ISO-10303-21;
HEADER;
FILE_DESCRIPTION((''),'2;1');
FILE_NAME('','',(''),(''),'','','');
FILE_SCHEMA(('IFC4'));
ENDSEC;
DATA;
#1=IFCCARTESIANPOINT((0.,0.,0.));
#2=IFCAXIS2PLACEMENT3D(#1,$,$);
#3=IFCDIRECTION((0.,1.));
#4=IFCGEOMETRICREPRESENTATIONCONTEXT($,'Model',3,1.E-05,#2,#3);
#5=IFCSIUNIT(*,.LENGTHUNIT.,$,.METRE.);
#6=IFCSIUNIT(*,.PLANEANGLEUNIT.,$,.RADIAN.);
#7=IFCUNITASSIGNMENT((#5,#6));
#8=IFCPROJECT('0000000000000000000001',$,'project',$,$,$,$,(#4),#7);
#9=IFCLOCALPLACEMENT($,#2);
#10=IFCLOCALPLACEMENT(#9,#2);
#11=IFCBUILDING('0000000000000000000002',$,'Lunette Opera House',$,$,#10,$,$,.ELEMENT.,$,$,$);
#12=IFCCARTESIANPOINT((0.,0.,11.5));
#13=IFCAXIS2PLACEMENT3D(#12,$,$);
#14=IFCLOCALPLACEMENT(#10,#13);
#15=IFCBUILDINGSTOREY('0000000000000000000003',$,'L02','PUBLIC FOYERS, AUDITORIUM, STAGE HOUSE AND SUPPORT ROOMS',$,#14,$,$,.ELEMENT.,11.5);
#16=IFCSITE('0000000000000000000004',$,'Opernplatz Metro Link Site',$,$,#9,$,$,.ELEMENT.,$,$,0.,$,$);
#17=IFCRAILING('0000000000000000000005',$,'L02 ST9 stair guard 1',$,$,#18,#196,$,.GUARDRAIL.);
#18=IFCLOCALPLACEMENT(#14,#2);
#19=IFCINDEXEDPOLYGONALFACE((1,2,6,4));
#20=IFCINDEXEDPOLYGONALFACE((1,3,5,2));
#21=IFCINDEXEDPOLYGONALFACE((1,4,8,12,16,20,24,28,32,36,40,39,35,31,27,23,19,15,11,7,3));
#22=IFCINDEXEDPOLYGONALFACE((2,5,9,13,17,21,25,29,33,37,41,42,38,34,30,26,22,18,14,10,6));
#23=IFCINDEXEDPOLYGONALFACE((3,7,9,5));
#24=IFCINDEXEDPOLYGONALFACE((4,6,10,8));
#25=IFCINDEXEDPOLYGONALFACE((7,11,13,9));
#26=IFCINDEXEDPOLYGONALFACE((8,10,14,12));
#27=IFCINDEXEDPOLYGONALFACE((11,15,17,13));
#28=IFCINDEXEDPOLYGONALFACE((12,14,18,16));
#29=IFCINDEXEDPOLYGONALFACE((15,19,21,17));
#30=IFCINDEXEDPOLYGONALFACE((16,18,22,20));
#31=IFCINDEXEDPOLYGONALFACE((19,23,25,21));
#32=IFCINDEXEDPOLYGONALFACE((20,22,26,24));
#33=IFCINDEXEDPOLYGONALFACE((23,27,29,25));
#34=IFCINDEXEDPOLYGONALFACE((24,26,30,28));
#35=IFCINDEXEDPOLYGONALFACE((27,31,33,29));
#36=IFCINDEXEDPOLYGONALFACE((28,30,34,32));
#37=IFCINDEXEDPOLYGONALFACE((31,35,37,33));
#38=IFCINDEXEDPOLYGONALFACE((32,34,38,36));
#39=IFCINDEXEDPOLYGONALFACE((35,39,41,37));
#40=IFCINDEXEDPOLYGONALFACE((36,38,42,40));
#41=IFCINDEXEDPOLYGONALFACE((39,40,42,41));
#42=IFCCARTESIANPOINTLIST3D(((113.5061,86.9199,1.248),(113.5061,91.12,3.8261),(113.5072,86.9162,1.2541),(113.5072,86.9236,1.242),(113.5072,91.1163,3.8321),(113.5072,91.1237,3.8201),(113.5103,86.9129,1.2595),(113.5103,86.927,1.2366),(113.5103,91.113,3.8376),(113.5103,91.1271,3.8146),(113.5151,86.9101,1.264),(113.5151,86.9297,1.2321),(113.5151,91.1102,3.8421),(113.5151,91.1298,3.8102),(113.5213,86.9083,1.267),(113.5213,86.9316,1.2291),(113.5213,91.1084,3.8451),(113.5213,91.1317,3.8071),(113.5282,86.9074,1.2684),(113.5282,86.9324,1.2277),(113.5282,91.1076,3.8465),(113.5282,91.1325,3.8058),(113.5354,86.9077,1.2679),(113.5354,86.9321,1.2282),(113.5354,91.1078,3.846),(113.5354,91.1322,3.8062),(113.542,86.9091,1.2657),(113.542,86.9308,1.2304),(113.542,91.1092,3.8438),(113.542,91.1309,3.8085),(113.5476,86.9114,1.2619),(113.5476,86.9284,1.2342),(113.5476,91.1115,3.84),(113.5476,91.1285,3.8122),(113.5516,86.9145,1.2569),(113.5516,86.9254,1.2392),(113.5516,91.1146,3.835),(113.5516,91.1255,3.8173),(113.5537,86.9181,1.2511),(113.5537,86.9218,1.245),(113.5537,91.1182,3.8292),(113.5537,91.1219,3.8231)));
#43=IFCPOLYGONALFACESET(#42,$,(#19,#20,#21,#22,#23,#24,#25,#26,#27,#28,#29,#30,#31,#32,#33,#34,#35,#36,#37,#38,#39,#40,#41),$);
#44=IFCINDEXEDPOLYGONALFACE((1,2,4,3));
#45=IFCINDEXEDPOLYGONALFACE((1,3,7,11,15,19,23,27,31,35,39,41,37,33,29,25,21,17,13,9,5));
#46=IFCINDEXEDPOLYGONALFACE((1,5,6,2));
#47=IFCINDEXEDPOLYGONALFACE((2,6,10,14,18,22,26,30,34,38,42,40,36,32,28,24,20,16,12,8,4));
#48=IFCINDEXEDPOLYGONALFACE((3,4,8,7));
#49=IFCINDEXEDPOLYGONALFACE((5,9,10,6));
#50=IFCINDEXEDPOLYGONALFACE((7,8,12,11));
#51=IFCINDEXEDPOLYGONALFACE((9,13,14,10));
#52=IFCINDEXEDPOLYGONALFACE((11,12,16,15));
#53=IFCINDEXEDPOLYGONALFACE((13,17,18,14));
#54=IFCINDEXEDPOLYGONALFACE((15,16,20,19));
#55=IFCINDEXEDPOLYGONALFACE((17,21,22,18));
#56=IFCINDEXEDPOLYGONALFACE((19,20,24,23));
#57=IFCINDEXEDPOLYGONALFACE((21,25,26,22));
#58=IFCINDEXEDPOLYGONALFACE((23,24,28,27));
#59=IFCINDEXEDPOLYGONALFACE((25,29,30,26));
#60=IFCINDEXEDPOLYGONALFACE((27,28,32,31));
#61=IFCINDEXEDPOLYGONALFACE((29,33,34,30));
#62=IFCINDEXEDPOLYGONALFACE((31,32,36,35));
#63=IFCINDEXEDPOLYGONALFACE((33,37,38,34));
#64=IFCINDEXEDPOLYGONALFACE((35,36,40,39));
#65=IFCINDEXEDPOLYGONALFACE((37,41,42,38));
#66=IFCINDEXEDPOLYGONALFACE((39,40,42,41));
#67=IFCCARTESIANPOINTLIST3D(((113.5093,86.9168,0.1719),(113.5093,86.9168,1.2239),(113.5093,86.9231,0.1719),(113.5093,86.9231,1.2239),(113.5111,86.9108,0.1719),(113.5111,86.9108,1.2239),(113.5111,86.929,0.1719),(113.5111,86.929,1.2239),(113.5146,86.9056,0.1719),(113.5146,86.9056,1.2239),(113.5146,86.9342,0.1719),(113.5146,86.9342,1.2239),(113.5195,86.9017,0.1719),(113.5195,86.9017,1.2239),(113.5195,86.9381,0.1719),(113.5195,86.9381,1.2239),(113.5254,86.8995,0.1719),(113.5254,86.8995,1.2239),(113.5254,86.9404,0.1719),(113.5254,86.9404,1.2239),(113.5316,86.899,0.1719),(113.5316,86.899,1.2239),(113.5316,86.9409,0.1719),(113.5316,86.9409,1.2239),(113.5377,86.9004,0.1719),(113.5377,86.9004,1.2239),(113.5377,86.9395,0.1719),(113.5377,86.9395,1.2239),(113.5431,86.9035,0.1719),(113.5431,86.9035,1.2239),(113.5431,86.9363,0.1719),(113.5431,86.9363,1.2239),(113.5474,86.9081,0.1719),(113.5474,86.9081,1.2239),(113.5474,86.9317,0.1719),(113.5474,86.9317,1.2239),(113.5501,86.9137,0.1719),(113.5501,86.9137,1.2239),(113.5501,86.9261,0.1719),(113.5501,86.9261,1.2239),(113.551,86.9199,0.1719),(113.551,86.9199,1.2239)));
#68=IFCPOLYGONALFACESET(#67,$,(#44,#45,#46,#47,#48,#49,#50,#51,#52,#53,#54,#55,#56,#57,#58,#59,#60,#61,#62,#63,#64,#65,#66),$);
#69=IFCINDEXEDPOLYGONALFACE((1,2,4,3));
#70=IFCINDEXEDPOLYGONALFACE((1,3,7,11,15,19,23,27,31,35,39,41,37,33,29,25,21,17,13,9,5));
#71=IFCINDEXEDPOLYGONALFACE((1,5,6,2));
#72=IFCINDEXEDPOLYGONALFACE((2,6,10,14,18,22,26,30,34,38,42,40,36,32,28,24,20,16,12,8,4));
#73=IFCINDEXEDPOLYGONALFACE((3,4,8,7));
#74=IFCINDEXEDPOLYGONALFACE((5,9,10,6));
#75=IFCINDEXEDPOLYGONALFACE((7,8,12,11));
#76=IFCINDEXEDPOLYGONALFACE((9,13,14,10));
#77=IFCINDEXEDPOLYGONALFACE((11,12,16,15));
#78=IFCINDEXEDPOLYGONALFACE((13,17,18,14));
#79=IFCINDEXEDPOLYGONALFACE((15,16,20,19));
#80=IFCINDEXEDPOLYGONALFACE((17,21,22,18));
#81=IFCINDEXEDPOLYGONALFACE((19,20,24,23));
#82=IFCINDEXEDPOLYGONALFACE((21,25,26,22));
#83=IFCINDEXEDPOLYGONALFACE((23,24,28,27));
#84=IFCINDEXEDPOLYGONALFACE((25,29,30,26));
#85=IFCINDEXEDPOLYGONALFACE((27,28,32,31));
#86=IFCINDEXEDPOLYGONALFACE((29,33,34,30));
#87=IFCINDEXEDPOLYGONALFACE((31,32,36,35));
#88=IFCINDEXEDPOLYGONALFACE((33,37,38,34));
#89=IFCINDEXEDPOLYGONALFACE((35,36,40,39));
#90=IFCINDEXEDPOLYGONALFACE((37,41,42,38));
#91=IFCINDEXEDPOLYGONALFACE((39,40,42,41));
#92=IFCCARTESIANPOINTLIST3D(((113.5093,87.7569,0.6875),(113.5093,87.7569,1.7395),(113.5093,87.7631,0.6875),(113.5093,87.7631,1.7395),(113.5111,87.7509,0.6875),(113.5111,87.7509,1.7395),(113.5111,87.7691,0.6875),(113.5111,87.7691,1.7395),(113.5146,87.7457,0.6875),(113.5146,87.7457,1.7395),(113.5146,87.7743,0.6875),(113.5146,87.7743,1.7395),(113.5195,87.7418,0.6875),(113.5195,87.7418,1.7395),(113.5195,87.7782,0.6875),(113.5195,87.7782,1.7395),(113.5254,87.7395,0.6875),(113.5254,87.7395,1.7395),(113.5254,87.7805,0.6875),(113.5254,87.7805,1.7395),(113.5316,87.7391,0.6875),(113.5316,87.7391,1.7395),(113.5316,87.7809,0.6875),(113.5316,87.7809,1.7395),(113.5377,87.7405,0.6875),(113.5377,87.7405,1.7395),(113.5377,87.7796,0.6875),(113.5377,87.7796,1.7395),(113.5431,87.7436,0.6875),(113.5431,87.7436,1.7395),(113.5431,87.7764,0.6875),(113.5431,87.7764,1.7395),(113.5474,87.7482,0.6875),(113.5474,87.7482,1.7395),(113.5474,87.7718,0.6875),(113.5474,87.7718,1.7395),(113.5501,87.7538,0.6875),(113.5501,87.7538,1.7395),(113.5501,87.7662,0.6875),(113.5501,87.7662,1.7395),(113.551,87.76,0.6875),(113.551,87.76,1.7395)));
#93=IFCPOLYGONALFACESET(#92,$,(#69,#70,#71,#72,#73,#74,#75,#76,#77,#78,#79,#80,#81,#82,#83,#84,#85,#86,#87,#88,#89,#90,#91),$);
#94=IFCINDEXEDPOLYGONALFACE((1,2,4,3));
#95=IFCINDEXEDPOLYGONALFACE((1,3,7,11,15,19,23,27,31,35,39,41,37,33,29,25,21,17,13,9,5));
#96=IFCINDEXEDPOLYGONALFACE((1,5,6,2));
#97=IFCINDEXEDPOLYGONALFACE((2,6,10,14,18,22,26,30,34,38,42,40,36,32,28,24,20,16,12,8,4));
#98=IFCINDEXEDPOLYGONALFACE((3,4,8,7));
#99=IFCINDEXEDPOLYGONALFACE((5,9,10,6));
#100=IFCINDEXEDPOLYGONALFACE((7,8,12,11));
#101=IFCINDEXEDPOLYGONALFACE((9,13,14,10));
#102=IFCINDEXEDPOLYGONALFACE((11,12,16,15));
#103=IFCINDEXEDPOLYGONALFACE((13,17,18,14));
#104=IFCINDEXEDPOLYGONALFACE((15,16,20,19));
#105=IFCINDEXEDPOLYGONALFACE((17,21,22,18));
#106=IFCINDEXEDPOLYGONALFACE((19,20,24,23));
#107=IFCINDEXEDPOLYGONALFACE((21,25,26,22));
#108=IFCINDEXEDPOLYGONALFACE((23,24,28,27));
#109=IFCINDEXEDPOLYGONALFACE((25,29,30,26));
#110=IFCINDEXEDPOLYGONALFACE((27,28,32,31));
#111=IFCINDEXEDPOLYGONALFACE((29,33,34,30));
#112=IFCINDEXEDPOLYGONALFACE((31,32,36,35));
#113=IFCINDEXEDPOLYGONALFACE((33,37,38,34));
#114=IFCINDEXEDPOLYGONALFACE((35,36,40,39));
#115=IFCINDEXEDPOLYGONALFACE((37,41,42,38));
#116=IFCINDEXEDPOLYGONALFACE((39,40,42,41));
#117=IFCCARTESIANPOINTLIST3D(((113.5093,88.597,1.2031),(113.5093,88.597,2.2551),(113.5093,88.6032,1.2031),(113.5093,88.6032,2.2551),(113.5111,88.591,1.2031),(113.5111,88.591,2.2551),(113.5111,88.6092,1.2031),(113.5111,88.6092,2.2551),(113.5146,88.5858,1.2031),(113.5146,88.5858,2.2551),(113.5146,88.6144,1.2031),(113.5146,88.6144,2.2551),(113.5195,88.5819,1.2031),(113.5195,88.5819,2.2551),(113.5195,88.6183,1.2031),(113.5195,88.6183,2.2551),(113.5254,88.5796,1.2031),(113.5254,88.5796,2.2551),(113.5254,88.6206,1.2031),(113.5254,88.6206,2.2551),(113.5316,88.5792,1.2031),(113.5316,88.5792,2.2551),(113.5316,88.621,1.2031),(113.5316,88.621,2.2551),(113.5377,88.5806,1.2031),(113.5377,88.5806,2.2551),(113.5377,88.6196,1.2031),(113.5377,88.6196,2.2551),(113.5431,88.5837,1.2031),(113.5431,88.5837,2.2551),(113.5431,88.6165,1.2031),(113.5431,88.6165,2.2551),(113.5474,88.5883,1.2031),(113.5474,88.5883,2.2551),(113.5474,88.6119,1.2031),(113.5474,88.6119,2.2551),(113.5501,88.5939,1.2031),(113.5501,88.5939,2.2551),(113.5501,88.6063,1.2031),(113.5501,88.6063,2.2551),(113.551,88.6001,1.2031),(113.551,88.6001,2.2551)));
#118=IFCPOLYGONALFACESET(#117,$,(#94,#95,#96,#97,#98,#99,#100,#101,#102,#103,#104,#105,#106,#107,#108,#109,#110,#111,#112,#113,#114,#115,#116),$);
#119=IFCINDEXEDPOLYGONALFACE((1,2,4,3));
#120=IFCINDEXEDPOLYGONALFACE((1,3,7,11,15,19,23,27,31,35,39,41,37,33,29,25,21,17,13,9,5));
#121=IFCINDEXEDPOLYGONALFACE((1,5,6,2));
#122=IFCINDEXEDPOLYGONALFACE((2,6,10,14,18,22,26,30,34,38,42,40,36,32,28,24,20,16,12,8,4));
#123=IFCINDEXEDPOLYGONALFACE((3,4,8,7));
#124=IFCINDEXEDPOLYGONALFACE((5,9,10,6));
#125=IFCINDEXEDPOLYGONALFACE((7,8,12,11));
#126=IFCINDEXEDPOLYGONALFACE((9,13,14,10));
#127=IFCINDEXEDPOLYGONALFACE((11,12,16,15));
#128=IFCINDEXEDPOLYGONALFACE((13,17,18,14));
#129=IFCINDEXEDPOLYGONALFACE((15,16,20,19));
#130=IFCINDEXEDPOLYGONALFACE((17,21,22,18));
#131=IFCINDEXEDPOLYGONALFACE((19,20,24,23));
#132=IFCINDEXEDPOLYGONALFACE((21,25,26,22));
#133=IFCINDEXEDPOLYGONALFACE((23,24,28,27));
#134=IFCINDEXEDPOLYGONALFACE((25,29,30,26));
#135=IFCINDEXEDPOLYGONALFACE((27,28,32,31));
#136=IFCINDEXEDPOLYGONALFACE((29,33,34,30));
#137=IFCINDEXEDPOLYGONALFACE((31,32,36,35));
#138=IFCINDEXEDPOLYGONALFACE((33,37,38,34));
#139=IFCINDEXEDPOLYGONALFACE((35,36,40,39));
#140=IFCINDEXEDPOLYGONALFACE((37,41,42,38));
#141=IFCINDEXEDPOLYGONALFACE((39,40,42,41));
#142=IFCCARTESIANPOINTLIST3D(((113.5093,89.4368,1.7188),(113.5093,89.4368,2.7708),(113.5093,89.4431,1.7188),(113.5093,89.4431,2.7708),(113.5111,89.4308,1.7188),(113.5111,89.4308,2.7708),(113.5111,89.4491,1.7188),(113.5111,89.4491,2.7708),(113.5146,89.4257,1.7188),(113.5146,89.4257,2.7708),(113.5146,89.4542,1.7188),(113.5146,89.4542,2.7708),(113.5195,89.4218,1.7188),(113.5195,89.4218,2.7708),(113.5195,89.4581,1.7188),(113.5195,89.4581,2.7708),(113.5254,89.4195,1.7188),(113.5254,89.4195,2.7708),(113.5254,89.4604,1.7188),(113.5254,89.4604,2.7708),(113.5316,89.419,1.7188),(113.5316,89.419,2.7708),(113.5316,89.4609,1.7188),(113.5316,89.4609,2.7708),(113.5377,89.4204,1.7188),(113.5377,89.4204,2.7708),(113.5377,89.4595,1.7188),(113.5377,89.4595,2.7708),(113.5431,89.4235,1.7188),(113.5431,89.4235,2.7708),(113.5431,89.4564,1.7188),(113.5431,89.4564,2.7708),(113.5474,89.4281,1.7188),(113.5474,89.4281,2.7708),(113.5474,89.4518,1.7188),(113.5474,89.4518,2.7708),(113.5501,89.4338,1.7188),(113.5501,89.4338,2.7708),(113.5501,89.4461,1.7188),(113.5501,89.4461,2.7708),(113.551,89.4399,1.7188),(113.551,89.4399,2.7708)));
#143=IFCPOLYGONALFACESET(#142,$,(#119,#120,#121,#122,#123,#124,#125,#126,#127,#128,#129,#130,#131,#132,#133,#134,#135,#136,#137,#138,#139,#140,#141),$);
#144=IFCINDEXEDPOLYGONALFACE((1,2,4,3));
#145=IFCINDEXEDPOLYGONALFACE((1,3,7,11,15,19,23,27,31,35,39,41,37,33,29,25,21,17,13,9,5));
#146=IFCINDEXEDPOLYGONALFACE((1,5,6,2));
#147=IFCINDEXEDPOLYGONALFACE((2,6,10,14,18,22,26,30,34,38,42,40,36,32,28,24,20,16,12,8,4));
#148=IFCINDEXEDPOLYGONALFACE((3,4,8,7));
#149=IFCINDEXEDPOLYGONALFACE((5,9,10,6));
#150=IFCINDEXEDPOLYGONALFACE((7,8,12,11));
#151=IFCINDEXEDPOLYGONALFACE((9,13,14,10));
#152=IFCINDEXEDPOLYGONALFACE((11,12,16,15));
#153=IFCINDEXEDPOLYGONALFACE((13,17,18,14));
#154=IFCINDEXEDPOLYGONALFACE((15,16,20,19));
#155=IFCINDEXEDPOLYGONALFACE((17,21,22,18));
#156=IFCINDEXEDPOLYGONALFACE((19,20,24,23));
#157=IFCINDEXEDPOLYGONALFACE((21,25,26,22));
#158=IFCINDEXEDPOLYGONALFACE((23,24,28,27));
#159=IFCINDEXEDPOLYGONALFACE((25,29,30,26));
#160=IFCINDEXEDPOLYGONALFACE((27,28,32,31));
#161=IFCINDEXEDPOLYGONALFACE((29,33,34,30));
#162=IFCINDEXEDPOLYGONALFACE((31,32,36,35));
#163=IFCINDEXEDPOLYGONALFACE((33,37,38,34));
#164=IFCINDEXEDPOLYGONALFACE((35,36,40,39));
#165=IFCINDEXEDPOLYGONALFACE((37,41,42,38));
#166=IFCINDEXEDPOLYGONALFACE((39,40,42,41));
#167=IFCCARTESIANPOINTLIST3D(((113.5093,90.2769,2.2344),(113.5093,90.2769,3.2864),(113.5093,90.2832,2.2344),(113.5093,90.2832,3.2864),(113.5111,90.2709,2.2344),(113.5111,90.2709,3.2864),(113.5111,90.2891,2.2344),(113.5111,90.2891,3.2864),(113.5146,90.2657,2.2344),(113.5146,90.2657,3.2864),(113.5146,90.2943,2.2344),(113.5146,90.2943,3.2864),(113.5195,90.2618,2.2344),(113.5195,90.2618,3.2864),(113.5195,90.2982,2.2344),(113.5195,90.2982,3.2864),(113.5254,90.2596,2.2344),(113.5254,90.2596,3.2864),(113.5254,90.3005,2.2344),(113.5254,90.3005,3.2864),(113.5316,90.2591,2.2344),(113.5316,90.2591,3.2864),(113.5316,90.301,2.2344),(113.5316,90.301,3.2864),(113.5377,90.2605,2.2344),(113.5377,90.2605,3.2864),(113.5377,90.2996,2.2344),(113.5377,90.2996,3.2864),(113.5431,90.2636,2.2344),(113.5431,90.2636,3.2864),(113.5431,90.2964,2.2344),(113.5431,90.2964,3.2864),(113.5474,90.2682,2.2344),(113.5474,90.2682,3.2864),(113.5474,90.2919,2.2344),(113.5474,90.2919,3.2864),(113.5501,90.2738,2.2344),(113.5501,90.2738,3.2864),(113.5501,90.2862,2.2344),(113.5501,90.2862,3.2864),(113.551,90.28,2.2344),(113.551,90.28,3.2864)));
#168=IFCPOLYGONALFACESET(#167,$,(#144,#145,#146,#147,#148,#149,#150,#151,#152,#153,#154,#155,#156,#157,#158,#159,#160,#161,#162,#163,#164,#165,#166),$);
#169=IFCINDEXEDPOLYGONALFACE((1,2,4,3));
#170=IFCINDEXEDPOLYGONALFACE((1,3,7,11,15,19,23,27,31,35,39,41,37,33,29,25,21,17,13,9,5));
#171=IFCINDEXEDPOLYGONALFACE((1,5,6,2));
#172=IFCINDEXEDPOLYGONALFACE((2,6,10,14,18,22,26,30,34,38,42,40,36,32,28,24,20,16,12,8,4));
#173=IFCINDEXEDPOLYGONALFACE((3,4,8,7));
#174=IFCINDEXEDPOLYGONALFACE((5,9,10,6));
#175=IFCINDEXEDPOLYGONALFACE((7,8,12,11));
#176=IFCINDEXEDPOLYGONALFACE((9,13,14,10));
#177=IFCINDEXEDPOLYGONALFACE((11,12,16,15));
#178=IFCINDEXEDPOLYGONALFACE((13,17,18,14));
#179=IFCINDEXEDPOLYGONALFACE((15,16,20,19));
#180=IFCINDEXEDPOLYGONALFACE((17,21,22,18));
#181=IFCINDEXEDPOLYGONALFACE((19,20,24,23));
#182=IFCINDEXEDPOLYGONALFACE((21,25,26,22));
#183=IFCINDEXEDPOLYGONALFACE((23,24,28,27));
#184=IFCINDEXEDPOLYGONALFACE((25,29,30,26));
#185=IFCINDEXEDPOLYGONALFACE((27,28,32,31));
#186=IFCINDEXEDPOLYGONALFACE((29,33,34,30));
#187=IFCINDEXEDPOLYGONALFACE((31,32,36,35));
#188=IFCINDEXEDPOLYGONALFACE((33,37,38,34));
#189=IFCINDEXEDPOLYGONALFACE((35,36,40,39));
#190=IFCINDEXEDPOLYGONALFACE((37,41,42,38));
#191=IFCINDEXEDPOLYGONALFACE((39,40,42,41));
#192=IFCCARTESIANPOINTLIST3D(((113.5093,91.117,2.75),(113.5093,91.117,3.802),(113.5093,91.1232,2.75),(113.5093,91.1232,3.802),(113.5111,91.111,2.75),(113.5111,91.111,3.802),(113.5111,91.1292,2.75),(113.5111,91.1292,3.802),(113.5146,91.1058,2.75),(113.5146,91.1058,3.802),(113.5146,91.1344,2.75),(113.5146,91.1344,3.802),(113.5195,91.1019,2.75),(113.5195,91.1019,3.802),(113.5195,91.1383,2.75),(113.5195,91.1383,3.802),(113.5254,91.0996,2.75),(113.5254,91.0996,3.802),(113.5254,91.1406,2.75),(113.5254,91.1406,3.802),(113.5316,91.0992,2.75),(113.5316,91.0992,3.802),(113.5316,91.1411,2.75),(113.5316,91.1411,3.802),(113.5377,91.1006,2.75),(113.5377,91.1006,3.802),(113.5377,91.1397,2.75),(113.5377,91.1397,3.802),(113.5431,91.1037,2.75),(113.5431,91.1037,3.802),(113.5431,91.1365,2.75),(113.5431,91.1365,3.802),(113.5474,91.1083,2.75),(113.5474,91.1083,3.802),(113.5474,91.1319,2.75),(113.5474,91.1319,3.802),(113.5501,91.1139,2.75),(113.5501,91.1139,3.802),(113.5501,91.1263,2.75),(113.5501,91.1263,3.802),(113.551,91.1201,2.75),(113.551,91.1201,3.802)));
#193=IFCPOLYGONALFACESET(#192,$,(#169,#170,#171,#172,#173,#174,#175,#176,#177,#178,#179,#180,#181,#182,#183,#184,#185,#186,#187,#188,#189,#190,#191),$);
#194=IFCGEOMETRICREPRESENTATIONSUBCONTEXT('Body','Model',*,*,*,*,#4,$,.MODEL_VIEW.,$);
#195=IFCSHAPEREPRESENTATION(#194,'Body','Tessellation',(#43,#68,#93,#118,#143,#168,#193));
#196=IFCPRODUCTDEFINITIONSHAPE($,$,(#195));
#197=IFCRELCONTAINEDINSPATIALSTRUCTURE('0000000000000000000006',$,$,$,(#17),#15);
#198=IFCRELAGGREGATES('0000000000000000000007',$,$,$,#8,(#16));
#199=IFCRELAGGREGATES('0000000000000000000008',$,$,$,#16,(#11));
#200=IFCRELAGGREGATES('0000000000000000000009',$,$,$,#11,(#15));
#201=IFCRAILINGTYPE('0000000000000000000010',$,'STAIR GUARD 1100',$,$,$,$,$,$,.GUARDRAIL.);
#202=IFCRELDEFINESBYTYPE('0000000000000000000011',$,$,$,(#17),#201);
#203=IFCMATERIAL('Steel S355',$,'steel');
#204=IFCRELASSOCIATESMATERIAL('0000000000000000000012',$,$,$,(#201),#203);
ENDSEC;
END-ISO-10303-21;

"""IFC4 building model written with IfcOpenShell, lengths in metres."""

from ifc_helpers import new_model, si_unit, direction, frame, origin, origin_2d, place, context, subcontext, project, spatial, circle, extrude, material, type_object, element, save


model = new_model("IFC4")

# Units and contexts
model_context = context("Model", 3, precision=1e-05, world=origin(), true_north=direction((0.0, 1.0)))
body_context = subcontext(model_context, "Body", "Model", "MODEL_VIEW")
ifc_project = project(units=[si_unit("LENGTHUNIT", "METRE"), si_unit("PLANEANGLEUNIT", "RADIAN")], contexts=[model_context])

# Site, building, storey
site_placement = place(None, origin())
site = spatial("IfcSite", under=ifc_project, at=site_placement, Name="Opernplatz Metro Link Site", CompositionType="ELEMENT", RefElevation=0.0)
building_placement = place(site_placement, origin())
building = spatial("IfcBuilding", under=site, at=building_placement, Name="Lunette Opera House", CompositionType="ELEMENT")
storey_placement = place(building_placement, frame((0.0, 0.0, 11.5)))
storey = spatial("IfcBuildingStorey", under=building, at=storey_placement, Name="L02", Description="PUBLIC FOYERS, AUDITORIUM, STAGE HOUSE AND SUPPORT ROOMS", CompositionType="ELEMENT", Elevation=11.5)

# Railing
ifc_material_1 = material(Name="Steel S355", Category="steel")
railing_type_1 = type_object("IfcRailingType", Name="STAIR GUARD 1100", PredefinedType="GUARDRAIL", material=ifc_material_1)
railing_1_placement = place(storey_placement, frame((113.53, 86.9199, 0.1719)))
element("IfcRailing", 1, at=railing_1_placement, inside=storey, type_object=railing_type_1, Name="L02 ST9 stair guard 1", PredefinedType="GUARDRAIL", context=body_context, shape_type="SweptSolid", body=[
    extrude(circle(Radius=0.0239, at=origin_2d()), frame((0.0, 0.0, 1.0762), z_axis=(0.0, 0.852256, 0.523124), x_axis=(-1.0, 0.0, 0.0)), (0.0, 0.0, 1.0), 4.9282),
    extrude(circle(Radius=0.021, at=origin_2d()), origin(), (0.0, 0.0, 1.0), 1.052),
    extrude(circle(Radius=0.021, at=origin_2d()), frame((0.0, 0.8401, 0.5156)), (0.0, 0.0, 1.0), 1.052),
    extrude(circle(Radius=0.021, at=origin_2d()), frame((0.0, 1.6802, 1.0312)), (0.0, 0.0, 1.0), 1.052),
    extrude(circle(Radius=0.021, at=origin_2d()), frame((0.0, 2.52, 1.5469)), (0.0, 0.0, 1.0), 1.052),
    extrude(circle(Radius=0.021, at=origin_2d()), frame((0.0, 3.3601, 2.0625)), (0.0, 0.0, 1.0), 1.052),
    extrude(circle(Radius=0.021, at=origin_2d()), frame((0.0, 4.2002, 2.5781)), (0.0, 0.0, 1.0), 1.052),
])

save(model, "model.ifc")
